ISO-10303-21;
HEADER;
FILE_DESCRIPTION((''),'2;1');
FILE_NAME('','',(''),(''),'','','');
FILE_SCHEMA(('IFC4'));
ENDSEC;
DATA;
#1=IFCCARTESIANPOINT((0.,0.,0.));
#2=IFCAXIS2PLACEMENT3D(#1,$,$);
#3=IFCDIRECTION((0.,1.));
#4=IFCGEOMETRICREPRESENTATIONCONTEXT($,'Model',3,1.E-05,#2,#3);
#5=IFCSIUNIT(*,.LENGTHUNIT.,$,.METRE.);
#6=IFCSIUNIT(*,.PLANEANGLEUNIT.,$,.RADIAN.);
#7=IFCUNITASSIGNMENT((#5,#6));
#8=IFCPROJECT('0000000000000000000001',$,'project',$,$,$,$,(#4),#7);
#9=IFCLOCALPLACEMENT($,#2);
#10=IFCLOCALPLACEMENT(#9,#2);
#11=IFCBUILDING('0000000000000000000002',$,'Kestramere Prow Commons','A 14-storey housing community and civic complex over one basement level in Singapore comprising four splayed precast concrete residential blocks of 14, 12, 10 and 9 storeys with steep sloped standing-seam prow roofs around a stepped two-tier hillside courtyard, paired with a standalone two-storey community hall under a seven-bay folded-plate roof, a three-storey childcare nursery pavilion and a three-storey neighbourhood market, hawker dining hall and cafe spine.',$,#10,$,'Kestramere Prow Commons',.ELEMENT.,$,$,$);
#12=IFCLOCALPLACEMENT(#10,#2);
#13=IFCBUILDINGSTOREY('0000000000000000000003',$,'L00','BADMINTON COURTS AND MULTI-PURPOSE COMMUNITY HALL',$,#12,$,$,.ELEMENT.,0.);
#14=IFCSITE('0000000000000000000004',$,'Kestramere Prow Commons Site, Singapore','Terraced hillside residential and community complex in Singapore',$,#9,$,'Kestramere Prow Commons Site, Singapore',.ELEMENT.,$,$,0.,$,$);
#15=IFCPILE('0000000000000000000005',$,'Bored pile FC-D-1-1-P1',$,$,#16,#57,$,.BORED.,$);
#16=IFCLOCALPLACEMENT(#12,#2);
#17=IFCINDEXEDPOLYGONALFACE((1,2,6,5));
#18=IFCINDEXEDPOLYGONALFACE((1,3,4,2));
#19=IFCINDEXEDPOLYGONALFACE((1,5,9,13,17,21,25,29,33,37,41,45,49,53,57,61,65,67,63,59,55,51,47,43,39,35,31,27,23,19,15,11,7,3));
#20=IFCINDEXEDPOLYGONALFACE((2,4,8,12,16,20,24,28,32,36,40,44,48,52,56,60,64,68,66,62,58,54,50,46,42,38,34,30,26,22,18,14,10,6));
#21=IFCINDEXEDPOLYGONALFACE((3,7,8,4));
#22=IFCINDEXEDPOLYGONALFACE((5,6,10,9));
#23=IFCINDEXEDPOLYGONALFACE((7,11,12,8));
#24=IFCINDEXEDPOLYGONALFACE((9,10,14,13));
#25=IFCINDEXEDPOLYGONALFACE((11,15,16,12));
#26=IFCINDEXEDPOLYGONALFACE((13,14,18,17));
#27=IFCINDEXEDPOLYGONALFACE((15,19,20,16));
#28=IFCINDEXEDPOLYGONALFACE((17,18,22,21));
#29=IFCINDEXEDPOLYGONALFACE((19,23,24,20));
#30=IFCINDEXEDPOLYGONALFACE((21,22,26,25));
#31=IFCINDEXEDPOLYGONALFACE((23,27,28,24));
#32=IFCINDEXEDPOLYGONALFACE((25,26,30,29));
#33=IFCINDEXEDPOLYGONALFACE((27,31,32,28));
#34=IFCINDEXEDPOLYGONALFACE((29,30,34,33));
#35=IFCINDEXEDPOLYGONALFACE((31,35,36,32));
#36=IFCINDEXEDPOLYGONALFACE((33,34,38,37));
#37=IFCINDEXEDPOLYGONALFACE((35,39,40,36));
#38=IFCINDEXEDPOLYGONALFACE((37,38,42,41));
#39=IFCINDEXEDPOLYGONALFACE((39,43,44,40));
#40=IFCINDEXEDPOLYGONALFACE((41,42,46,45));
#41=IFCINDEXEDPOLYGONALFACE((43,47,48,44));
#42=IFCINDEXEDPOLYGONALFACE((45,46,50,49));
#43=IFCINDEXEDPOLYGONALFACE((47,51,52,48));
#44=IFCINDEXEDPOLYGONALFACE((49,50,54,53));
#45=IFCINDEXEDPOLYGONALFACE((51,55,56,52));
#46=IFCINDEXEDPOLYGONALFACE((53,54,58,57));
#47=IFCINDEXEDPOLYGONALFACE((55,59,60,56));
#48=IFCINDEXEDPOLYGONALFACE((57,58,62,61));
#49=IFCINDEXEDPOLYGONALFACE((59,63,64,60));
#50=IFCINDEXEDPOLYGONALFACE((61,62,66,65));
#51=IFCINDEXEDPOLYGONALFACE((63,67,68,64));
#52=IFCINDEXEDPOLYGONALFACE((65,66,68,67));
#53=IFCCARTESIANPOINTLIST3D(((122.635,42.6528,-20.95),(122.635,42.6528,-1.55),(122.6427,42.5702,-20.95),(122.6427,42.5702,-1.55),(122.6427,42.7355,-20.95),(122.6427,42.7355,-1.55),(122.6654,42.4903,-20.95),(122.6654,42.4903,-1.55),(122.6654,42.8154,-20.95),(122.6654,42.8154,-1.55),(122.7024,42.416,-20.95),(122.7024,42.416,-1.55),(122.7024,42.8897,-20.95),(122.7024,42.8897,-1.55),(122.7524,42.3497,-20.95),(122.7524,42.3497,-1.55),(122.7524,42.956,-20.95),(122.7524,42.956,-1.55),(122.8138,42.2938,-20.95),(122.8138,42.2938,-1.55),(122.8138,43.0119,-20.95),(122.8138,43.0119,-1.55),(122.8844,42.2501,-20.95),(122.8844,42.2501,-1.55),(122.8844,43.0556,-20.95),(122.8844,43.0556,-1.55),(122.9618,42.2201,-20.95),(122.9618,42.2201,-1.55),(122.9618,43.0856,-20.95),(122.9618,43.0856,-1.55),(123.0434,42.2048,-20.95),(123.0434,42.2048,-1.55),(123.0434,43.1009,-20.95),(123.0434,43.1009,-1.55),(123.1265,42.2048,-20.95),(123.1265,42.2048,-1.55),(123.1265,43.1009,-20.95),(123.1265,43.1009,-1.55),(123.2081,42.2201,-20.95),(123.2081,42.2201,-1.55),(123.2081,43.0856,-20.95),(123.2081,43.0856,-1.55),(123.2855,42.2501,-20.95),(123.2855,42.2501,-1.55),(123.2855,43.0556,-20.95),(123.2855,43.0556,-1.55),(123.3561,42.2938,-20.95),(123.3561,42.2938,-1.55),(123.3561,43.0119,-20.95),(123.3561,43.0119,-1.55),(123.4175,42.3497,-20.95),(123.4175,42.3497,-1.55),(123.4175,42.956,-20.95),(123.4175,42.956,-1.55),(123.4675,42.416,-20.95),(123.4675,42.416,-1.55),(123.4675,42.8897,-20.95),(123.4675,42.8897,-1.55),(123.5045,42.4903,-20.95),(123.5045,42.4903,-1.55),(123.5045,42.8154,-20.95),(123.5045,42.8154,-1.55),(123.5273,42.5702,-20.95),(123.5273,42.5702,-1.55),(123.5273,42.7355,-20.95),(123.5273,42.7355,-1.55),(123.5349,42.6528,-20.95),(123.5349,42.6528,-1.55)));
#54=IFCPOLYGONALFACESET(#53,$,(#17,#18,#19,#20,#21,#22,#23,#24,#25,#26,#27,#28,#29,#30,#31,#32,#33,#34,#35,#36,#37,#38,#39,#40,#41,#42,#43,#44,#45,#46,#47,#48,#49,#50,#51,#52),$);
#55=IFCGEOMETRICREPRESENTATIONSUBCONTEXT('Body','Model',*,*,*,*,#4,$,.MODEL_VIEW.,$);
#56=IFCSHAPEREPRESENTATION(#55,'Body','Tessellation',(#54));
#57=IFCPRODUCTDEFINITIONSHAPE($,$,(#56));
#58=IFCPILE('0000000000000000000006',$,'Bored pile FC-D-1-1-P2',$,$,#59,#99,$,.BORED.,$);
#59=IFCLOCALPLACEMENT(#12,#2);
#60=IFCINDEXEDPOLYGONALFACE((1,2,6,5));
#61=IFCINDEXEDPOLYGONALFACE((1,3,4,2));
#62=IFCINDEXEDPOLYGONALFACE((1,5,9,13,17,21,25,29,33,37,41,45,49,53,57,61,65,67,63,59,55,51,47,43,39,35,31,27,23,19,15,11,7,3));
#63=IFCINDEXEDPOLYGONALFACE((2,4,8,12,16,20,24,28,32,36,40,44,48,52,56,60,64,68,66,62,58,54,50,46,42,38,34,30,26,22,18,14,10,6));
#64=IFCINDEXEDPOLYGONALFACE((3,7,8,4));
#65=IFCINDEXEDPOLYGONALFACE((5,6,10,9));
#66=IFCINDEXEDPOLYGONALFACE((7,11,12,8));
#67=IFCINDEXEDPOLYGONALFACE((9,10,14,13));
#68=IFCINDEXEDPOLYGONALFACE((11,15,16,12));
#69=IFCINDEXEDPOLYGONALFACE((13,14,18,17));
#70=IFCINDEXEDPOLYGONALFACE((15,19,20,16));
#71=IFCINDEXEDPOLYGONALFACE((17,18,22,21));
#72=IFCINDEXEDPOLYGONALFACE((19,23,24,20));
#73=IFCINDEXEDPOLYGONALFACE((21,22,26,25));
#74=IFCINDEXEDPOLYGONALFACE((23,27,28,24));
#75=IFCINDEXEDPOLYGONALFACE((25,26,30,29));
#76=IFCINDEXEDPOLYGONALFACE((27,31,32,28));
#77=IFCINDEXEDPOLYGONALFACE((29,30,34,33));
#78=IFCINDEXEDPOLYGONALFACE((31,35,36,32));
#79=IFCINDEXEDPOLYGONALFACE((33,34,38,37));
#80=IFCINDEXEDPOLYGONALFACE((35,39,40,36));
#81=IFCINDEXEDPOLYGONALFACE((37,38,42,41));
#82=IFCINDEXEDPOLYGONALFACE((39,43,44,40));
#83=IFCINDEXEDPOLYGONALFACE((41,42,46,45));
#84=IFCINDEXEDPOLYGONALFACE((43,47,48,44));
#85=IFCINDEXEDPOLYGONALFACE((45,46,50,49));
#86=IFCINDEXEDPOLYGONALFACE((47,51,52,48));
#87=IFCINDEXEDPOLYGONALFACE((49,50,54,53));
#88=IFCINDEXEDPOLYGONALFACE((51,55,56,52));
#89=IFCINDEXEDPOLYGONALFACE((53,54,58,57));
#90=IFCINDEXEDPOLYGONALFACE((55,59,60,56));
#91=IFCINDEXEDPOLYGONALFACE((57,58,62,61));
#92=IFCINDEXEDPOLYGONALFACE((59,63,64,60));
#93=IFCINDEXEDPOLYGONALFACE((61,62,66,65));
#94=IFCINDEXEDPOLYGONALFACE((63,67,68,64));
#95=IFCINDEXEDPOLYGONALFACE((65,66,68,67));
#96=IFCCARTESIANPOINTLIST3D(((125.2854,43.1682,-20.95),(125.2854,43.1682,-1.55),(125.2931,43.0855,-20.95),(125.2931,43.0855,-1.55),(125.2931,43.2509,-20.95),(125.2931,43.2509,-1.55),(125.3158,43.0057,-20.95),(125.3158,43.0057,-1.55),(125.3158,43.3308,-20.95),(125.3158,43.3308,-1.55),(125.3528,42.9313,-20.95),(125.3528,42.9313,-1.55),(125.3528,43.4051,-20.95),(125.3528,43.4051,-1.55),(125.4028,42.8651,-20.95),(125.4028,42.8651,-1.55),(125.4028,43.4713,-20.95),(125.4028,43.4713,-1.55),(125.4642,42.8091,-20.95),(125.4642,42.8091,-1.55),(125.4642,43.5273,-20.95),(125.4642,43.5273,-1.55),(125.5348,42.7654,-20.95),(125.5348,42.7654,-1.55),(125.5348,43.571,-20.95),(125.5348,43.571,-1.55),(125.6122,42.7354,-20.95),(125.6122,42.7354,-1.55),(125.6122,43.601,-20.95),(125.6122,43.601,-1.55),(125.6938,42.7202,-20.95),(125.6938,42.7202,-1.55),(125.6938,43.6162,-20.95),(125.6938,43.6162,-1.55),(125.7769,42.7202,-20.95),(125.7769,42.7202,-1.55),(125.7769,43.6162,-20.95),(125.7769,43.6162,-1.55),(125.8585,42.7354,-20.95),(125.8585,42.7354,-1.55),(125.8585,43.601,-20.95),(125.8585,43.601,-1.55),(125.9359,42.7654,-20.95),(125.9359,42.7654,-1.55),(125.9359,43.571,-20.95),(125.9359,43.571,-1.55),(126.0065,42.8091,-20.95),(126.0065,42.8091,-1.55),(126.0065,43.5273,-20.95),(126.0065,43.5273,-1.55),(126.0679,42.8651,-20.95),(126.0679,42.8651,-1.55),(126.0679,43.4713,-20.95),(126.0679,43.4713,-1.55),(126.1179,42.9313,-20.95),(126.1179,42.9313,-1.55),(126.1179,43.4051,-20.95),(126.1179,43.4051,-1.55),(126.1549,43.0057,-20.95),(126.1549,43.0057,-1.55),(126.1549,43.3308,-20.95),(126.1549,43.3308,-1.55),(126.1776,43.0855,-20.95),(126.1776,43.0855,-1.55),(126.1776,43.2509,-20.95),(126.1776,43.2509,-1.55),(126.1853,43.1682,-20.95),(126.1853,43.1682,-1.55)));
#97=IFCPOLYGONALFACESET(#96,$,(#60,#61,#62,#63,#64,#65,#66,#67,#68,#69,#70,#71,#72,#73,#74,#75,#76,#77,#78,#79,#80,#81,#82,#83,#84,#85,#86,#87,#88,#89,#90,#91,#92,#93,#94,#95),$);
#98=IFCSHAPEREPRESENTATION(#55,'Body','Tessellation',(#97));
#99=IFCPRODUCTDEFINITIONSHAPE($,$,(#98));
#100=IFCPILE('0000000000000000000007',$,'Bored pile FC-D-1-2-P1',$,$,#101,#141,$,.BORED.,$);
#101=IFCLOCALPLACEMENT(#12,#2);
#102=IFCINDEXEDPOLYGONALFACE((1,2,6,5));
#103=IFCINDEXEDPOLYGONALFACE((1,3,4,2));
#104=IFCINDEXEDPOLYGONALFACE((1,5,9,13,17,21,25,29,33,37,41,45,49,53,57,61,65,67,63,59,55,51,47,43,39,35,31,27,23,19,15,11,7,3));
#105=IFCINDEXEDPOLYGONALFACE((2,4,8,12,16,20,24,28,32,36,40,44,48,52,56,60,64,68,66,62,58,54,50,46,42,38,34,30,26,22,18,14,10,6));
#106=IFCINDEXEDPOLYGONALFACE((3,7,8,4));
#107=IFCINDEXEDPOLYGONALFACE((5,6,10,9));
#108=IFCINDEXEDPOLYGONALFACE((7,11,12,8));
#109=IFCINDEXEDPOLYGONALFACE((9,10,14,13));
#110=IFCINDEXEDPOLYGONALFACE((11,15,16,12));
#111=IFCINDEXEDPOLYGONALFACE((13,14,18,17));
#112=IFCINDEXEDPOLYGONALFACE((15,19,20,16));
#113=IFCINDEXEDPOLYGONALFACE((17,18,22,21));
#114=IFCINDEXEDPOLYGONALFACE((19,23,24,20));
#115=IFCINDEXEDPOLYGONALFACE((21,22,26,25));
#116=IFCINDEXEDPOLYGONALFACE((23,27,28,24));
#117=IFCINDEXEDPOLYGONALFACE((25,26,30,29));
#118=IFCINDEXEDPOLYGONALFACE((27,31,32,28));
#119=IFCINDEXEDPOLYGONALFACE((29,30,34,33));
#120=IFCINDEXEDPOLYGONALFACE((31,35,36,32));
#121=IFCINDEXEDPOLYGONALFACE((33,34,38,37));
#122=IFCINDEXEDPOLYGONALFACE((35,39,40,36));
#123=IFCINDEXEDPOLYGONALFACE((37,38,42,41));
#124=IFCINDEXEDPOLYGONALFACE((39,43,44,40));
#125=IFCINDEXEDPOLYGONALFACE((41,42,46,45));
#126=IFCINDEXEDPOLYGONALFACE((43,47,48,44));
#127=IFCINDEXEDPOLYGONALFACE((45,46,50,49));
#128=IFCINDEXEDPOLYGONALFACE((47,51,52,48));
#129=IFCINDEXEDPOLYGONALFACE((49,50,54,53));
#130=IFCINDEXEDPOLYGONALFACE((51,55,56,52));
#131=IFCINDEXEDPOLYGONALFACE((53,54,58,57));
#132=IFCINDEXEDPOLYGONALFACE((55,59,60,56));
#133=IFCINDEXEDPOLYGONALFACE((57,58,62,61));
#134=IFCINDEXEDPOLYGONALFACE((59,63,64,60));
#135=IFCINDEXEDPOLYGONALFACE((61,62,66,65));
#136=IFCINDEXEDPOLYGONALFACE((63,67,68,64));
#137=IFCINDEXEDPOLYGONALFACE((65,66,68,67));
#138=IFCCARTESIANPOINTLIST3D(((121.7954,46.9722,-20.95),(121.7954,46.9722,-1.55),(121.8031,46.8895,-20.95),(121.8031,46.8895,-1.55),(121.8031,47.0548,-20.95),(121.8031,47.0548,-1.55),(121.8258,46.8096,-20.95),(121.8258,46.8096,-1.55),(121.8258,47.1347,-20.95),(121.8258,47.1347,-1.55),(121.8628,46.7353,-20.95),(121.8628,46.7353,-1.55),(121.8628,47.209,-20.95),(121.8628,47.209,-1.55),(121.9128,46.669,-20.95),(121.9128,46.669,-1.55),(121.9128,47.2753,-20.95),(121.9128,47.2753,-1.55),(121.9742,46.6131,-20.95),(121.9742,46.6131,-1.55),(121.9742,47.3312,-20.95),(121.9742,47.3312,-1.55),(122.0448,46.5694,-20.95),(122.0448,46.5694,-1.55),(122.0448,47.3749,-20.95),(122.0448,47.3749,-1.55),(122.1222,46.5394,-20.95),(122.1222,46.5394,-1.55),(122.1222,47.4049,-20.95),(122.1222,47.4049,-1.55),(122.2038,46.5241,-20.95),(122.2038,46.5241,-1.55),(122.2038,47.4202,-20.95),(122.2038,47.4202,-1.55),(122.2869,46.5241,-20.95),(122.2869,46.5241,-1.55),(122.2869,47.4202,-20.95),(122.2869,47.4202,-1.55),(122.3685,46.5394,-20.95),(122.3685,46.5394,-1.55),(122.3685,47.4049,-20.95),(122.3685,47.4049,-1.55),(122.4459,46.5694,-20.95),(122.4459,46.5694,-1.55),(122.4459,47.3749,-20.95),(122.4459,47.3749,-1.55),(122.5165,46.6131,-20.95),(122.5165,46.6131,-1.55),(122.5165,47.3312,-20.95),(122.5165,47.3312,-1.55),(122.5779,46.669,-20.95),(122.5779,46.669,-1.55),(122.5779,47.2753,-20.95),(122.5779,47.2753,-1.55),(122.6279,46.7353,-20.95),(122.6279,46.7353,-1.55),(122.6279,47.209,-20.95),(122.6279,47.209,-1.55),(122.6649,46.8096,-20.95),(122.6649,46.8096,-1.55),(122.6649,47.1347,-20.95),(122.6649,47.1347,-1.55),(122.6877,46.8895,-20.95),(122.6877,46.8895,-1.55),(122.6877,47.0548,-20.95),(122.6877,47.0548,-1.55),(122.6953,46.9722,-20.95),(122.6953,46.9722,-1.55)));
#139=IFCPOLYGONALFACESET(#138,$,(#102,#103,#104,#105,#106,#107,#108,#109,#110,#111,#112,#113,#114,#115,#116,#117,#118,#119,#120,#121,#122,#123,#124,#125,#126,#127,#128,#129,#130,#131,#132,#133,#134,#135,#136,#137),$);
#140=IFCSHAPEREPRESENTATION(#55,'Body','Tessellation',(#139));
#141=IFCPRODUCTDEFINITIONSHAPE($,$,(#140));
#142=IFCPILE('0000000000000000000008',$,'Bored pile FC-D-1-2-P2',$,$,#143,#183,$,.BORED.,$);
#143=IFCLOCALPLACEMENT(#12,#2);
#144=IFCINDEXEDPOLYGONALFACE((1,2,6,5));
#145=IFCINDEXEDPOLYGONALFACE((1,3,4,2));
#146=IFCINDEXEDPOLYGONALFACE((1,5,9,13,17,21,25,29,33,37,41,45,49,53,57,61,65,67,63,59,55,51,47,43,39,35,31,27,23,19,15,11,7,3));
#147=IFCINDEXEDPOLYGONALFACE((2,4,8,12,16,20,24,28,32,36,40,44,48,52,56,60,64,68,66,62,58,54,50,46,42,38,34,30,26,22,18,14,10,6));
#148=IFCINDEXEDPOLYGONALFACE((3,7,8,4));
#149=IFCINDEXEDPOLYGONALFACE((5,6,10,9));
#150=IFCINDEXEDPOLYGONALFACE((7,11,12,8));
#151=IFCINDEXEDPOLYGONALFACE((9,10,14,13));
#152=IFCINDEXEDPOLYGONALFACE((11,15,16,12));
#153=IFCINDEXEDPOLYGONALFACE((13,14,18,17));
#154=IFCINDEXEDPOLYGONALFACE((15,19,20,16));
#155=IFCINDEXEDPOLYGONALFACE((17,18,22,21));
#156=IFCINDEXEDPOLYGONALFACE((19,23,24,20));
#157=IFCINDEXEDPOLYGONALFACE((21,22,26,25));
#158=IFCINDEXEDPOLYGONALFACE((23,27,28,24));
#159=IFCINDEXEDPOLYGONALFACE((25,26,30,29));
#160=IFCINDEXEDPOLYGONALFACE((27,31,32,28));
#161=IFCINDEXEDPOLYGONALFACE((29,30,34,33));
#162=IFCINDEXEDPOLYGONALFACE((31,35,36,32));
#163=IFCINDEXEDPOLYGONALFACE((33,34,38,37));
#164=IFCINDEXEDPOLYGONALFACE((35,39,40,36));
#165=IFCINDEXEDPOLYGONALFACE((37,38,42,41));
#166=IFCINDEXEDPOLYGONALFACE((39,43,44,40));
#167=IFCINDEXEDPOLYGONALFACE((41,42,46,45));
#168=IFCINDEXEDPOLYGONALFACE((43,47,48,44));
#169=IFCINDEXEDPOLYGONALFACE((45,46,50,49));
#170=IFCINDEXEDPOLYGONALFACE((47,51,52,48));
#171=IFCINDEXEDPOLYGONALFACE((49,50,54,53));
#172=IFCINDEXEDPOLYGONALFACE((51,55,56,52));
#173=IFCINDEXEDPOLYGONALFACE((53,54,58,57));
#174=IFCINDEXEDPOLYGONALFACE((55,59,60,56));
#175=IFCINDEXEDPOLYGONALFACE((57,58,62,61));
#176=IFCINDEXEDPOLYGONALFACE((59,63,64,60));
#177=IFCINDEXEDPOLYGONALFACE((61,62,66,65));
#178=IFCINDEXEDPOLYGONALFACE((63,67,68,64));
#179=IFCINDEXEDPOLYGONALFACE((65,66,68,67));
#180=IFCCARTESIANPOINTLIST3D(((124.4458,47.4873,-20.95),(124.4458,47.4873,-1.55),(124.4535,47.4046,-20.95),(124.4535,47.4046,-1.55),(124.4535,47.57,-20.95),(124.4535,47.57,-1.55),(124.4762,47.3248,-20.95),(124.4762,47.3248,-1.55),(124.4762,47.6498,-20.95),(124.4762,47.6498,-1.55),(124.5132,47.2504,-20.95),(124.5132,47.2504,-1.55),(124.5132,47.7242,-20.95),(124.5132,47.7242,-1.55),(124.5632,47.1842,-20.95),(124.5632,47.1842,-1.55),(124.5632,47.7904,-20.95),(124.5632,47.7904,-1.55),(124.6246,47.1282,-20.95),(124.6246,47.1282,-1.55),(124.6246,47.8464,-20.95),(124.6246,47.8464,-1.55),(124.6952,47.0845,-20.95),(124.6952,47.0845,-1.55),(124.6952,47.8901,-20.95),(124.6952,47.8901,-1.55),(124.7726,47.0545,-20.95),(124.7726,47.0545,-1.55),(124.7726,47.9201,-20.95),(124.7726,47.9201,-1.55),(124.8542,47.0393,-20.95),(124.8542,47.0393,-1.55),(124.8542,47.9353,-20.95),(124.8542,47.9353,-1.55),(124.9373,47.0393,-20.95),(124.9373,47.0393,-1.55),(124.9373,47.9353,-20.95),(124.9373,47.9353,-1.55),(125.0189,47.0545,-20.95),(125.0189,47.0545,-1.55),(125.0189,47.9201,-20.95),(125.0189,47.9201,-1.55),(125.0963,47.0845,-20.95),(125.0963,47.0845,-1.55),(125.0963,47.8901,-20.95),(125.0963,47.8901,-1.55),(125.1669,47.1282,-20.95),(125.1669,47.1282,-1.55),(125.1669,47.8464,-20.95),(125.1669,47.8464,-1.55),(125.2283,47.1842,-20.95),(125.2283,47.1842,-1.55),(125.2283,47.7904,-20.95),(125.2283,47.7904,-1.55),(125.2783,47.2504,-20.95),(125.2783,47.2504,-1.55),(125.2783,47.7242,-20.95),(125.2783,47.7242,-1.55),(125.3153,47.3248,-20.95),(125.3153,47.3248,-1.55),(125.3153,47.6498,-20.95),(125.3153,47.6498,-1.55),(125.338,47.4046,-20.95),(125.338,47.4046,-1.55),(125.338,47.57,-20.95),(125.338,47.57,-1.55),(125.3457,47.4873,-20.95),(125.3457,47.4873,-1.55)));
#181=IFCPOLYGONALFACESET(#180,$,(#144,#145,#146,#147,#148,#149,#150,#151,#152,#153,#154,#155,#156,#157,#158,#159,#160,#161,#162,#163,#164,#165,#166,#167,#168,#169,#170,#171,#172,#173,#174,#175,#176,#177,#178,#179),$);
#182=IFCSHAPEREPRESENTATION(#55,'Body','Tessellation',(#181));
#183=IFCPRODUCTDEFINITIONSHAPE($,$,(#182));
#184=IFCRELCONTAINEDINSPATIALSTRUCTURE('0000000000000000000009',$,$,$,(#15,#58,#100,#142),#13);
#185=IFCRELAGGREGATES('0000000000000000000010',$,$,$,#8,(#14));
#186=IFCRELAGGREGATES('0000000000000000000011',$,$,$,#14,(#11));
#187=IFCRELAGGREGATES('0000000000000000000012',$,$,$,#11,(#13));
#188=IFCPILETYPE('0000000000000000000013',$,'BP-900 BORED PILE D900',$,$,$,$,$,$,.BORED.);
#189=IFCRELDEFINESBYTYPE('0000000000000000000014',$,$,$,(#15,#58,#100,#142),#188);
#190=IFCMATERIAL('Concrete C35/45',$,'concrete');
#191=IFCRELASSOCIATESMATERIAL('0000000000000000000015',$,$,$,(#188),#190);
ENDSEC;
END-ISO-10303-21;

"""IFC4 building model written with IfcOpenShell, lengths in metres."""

from ifc_helpers import new_model, si_unit, direction, frame, origin, origin_2d, place, context, subcontext, project, spatial, circle, extrude, material, material_profile, profile_set, type_object, element, save


model = new_model("IFC4")

# Units and contexts
model_context = context("Model", 3, precision=1e-05, world=origin(), true_north=direction((0.0, 1.0)))
body_context = subcontext(model_context, "Body", "Model", "MODEL_VIEW")
ifc_project = project(units=[si_unit("LENGTHUNIT", "METRE"), si_unit("PLANEANGLEUNIT", "RADIAN")], contexts=[model_context])

# Site, building, storey
site_placement = place(None, origin())
site = spatial("IfcSite", under=ifc_project, at=site_placement, Name="Kestramere Prow Commons Site, Singapore", Description="Terraced hillside residential and community complex in Singapore", LongName="Kestramere Prow Commons Site, Singapore", CompositionType="ELEMENT", RefElevation=0.0)
building_placement = place(site_placement, origin())
building = spatial("IfcBuilding", under=site, at=building_placement, Name="Kestramere Prow Commons", Description="A 14-storey housing community and civic complex over one basement level in Singapore comprising four splayed precast concrete residential blocks of 14, 12, 10 and 9 storeys with steep sloped standing-seam prow roofs around a stepped two-tier hillside courtyard, paired with a standalone two-storey community hall under a seven-bay folded-plate roof, a three-storey childcare nursery pavilion and a three-storey neighbourhood market, hawker dining hall and cafe spine.", LongName="Kestramere Prow Commons", CompositionType="ELEMENT")
storey_placement = place(building_placement, origin())
storey = spatial("IfcBuildingStorey", under=building, at=storey_placement, Name="L00", Description="BADMINTON COURTS AND MULTI-PURPOSE COMMUNITY HALL", CompositionType="ELEMENT", Elevation=0.0)

# Piles
ifc_material_1 = material(Name="Concrete C35/45", Category="concrete")
ifc_material_profile_1 = material_profile(ifc_material_1, circle(Radius=0.45, at=origin_2d()), Name="BORED PILE D900")
ifc_profile_set_1 = profile_set([ifc_material_profile_1], Name="Concrete C35/45")
pile_type = type_object("IfcPileType", Name="BP-900 BORED PILE D900", PredefinedType="BORED", material=ifc_profile_set_1)
for number, where, z_axis, x_axis, name in (
    (1, (123.085, 42.6528, -1.55), (0.0, 0.0, -1.0), (1.0, 0.0, 0.0), "Bored pile FC-D-1-1-P1"),
    (2, (125.7354, 43.1682, -1.55), (0.0, 0.0, -1.0), (1.0, 0.0, 0.0), "Bored pile FC-D-1-1-P2"),
    (3, (122.2454, 46.9722, -1.55), (0.0, 0.0, -1.0), (1.0, 0.0, 0.0), "Bored pile FC-D-1-2-P1"),
    (4, (124.8958, 47.4873, -1.55), (0.0, 0.0, -1.0), (1.0, 0.0, 0.0), "Bored pile FC-D-1-2-P2"),
):
    element("IfcPile", number, at=place(storey_placement, frame(where, z_axis=z_axis, x_axis=x_axis)), inside=storey, type_object=pile_type, Name=name, PredefinedType="BORED", context=body_context, shape_type="SweptSolid", body=[
        extrude(circle(Radius=0.45, at=origin_2d()), origin(), (0.0, 0.0, 1.0), 19.3999),
    ])

save(model, "model.ifc")
